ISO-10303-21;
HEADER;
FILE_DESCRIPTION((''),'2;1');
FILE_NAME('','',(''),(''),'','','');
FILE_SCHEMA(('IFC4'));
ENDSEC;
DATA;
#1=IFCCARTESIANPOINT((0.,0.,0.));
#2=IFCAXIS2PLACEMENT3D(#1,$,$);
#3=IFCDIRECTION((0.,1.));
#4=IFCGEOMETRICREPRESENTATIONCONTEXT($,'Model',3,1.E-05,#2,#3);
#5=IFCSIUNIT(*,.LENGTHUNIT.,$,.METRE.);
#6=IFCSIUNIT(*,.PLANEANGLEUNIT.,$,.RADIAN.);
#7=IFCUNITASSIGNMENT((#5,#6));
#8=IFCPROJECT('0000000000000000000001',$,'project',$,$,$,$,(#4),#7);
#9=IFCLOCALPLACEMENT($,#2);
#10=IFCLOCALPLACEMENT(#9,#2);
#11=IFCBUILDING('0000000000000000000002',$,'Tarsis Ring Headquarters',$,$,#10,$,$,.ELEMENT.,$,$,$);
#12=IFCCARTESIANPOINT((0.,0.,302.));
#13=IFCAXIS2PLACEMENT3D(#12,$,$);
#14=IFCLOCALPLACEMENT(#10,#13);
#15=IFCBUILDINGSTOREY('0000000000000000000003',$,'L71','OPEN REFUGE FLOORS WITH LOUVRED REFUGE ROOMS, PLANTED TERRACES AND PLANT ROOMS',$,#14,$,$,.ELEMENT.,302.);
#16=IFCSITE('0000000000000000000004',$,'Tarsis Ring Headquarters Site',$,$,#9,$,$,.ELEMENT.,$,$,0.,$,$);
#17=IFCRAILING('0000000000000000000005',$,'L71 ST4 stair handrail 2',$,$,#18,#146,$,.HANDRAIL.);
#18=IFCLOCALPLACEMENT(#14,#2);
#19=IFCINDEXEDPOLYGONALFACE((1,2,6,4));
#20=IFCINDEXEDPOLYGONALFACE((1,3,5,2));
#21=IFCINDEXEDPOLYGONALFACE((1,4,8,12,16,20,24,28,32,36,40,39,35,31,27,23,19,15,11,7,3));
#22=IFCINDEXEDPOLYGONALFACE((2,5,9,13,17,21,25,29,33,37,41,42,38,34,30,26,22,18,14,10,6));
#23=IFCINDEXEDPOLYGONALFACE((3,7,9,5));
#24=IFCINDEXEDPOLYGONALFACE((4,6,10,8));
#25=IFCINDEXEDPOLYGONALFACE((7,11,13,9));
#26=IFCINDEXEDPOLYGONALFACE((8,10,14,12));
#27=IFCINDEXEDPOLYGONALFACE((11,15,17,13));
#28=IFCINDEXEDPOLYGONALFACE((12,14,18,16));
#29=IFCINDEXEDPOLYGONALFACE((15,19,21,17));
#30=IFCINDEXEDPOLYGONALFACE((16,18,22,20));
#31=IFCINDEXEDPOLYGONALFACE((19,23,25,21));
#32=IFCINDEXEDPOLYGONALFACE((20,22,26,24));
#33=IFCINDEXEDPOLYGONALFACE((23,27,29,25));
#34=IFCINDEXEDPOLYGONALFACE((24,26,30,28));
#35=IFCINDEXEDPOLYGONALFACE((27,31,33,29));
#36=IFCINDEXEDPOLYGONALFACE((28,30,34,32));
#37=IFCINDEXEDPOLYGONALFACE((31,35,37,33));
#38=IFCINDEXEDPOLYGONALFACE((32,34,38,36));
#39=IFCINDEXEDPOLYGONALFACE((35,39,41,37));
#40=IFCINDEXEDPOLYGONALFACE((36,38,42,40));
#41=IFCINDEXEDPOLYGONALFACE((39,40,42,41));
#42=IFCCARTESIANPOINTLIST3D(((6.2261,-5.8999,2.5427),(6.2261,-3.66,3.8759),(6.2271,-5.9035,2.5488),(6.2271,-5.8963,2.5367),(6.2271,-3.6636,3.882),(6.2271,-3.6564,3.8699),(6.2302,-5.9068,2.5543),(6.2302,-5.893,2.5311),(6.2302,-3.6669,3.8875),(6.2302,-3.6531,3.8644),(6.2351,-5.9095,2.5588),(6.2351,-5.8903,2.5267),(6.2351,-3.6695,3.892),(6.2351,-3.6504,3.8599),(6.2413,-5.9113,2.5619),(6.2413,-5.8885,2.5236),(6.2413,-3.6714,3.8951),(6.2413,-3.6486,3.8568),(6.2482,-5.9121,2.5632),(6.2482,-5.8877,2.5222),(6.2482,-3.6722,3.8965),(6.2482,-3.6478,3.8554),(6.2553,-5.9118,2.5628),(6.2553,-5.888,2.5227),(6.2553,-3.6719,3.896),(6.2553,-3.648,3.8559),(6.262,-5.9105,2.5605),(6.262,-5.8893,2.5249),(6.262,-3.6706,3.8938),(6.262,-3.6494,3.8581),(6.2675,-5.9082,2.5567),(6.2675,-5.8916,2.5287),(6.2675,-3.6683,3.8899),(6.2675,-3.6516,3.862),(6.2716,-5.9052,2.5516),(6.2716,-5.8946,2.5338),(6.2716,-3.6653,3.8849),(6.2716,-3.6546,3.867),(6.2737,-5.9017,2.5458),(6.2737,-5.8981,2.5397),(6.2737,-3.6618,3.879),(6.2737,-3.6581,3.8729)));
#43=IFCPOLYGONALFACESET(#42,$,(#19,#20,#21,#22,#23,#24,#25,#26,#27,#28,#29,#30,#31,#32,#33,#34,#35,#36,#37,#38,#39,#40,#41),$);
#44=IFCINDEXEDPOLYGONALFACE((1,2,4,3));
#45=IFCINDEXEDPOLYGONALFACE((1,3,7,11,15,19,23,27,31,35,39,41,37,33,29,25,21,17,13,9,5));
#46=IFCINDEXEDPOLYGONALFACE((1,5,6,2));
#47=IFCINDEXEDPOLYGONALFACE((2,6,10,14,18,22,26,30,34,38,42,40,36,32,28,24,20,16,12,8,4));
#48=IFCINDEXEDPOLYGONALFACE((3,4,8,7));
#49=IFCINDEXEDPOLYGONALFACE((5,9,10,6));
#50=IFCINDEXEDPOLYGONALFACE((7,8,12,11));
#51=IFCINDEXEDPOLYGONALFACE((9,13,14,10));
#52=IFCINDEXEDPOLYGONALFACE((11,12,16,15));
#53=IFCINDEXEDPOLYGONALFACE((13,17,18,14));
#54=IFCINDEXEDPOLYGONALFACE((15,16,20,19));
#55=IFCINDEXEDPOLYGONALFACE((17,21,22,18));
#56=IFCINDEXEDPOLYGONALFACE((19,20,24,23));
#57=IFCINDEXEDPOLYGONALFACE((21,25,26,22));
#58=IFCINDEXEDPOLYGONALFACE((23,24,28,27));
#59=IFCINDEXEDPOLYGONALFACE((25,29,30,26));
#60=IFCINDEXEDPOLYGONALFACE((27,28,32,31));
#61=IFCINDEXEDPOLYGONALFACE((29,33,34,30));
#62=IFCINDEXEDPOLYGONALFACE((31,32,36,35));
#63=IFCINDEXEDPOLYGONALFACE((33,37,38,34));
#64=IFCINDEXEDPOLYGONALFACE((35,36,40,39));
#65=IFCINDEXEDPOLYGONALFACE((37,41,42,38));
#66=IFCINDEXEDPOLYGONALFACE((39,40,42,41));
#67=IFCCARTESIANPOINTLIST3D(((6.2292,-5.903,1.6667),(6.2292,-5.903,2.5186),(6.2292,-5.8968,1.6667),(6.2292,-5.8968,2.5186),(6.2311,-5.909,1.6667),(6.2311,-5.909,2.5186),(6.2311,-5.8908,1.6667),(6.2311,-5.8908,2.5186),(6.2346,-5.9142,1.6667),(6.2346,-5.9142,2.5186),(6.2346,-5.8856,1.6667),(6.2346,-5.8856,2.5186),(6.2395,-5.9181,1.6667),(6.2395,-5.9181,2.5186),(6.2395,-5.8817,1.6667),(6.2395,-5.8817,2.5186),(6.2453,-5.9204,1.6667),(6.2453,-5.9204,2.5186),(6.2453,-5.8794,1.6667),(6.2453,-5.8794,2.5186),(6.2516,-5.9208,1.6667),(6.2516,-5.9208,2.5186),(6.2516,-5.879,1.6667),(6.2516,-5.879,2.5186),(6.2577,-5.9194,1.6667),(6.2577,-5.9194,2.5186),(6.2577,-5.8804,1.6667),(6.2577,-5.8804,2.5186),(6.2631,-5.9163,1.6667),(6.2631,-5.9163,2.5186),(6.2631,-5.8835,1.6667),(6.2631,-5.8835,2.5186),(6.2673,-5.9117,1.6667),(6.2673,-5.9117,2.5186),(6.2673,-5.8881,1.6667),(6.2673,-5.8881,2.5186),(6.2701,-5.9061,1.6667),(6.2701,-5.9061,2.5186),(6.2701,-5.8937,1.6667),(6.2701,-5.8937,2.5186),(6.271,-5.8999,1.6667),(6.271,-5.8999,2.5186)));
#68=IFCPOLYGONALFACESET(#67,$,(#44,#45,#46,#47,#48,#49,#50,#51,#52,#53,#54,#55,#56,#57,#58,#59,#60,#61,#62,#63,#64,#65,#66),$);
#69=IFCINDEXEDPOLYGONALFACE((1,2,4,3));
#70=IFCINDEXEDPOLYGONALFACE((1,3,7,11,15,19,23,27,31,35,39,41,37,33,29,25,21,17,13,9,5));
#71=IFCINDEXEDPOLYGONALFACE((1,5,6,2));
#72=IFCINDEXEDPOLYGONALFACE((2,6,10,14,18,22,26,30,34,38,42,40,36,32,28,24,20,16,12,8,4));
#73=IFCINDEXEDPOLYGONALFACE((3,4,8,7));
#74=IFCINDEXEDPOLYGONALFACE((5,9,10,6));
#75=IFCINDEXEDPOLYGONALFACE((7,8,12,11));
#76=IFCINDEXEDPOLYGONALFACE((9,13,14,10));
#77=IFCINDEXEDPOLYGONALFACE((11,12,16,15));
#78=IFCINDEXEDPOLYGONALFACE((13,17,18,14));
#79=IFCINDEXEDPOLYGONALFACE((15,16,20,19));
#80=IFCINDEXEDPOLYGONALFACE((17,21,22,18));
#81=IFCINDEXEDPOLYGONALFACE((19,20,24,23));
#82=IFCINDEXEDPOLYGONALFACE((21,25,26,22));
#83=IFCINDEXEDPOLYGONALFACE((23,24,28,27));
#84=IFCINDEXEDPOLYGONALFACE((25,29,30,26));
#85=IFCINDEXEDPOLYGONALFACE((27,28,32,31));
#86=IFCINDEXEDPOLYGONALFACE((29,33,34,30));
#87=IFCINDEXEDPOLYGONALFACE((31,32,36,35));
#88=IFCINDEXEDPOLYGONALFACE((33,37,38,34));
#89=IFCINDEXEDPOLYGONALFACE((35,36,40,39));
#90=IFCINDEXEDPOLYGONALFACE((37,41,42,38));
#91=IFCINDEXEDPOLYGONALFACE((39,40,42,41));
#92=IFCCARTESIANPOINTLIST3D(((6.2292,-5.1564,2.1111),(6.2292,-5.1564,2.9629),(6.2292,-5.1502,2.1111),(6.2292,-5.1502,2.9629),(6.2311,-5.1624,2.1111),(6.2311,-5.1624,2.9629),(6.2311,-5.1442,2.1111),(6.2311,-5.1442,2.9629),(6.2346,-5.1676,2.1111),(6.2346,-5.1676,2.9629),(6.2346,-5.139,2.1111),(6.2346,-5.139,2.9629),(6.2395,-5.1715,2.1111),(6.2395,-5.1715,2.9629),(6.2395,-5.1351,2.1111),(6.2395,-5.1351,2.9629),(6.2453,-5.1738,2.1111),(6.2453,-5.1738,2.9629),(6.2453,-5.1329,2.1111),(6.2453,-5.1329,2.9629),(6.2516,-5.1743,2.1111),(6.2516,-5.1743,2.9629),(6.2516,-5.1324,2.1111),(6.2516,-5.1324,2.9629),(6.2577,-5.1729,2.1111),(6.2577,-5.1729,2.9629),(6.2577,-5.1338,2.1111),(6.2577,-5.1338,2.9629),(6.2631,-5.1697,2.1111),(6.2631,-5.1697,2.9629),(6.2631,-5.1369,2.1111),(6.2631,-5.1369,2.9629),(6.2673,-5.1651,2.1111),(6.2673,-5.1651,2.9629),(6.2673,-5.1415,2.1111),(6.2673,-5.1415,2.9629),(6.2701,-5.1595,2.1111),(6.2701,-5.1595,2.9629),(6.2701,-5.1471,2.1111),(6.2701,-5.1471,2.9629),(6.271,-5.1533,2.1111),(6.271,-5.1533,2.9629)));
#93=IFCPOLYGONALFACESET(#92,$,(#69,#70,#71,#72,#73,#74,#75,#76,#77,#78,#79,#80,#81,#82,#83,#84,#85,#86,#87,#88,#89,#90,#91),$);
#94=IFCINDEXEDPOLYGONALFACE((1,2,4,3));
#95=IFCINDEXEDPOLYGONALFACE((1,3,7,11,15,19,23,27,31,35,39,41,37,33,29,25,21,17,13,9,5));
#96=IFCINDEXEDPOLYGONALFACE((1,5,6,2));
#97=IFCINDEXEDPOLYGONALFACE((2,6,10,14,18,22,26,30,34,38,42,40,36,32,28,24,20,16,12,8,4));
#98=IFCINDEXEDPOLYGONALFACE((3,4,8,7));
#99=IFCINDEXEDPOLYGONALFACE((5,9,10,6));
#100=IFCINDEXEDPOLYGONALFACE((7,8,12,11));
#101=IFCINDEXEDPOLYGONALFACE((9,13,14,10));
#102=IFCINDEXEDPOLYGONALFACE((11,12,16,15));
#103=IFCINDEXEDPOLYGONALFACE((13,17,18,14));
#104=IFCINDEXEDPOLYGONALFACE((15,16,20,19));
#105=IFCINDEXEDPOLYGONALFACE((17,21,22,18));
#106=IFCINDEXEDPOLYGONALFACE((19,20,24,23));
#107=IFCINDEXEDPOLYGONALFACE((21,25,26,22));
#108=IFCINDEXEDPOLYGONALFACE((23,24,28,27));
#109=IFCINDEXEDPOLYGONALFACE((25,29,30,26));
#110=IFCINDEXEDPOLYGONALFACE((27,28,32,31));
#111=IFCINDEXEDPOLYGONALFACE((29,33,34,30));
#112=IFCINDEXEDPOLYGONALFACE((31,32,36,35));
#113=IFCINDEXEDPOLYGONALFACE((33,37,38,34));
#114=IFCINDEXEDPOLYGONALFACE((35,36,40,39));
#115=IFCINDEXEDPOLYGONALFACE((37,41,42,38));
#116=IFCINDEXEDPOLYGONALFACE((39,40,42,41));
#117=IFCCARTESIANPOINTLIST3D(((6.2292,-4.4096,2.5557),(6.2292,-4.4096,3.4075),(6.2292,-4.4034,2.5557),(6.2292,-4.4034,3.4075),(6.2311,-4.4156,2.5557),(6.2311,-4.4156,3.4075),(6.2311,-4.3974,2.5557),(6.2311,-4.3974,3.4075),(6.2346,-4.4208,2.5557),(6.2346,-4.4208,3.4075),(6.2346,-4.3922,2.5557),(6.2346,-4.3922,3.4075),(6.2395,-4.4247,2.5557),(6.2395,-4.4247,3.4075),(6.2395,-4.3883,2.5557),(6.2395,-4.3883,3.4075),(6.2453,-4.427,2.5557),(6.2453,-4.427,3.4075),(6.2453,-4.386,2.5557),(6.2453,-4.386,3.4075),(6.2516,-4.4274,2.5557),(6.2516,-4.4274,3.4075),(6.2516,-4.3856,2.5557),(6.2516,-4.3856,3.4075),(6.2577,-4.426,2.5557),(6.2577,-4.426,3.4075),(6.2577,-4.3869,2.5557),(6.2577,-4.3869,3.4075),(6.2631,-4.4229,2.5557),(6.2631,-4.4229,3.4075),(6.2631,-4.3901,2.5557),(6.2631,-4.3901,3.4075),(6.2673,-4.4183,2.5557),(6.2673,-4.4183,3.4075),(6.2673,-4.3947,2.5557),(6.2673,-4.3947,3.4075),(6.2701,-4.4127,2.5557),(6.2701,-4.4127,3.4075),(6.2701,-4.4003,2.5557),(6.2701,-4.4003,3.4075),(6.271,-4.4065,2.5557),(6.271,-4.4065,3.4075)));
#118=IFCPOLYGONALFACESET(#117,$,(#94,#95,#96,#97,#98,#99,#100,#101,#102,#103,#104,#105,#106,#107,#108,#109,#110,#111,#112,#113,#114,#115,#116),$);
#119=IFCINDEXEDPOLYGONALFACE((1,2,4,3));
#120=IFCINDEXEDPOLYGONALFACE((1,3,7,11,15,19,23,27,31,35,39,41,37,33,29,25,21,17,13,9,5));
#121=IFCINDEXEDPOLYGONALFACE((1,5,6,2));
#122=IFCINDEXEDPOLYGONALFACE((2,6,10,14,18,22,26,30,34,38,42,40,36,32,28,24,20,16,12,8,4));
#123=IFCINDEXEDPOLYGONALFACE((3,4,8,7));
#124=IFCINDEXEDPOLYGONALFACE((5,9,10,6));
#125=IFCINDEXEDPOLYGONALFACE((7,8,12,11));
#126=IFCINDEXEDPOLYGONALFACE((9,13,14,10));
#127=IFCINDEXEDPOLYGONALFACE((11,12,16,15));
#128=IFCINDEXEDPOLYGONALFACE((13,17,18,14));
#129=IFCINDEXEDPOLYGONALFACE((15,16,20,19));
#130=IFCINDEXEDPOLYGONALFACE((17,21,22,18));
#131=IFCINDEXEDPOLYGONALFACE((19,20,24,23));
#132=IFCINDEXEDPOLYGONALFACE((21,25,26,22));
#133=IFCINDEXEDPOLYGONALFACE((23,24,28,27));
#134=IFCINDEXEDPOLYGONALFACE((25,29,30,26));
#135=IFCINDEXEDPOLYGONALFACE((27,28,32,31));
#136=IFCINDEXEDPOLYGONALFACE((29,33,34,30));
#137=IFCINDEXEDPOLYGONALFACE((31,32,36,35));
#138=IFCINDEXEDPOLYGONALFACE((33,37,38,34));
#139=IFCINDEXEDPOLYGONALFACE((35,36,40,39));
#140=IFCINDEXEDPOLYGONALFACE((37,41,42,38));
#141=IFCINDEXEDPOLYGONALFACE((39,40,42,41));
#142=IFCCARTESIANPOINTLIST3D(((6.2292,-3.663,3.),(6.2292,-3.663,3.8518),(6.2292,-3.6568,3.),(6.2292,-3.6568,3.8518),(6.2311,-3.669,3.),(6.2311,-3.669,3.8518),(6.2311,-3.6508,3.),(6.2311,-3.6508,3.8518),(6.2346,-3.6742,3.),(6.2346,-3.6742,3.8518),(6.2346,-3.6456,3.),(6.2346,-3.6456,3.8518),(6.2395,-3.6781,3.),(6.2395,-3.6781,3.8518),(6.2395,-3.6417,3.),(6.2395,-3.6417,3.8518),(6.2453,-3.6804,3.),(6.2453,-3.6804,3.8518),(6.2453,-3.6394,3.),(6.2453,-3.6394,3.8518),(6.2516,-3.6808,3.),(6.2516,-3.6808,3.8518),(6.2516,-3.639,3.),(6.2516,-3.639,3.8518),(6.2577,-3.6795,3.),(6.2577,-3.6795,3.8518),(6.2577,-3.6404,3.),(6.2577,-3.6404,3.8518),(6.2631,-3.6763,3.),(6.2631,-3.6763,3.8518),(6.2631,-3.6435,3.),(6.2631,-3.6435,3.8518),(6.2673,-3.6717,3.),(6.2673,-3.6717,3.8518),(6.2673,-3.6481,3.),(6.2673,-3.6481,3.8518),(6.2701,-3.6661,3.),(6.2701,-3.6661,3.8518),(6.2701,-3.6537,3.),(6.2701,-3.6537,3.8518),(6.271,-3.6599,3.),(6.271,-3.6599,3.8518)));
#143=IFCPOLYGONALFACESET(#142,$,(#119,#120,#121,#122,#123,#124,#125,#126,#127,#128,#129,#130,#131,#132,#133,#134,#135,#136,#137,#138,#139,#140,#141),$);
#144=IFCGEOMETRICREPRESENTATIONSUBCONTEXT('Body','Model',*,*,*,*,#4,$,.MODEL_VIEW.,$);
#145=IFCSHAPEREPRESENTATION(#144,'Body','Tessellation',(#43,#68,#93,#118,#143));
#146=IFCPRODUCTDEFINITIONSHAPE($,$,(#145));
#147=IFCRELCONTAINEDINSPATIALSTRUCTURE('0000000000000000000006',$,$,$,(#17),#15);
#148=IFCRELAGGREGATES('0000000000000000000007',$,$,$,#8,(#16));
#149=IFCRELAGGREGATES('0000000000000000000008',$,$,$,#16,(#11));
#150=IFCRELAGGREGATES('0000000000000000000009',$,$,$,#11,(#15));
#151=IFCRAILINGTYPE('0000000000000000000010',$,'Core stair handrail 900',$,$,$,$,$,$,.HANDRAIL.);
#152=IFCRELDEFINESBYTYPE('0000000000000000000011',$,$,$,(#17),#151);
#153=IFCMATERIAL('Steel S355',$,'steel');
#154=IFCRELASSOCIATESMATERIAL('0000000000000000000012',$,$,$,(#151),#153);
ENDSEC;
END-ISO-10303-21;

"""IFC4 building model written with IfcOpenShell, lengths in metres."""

from ifc_helpers import new_model, si_unit, direction, frame, origin, origin_2d, place, context, subcontext, project, spatial, circle, extrude, material, type_object, element, save


model = new_model("IFC4")

# Units and contexts
model_context = context("Model", 3, precision=1e-05, world=origin(), true_north=direction((0.0, 1.0)))
body_context = subcontext(model_context, "Body", "Model", "MODEL_VIEW")
ifc_project = project(units=[si_unit("LENGTHUNIT", "METRE"), si_unit("PLANEANGLEUNIT", "RADIAN")], contexts=[model_context])

# Site, building, storey
site_placement = place(None, origin())
site = spatial("IfcSite", under=ifc_project, at=site_placement, Name="Tarsis Ring Headquarters Site", CompositionType="ELEMENT", RefElevation=0.0)
building_placement = place(site_placement, origin())
building = spatial("IfcBuilding", under=site, at=building_placement, Name="Tarsis Ring Headquarters", CompositionType="ELEMENT")
storey_placement = place(building_placement, frame((0.0, 0.0, 302.0)))
storey = spatial("IfcBuildingStorey", under=building, at=storey_placement, Name="L71", Description="OPEN REFUGE FLOORS WITH LOUVRED REFUGE ROOMS, PLANTED TERRACES AND PLANT ROOMS", CompositionType="ELEMENT", Elevation=302.0)

# Railing
ifc_material_1 = material(Name="Steel S355", Category="steel")
railing_type_1 = type_object("IfcRailingType", Name="Core stair handrail 900", PredefinedType="HANDRAIL", material=ifc_material_1)
railing_1_placement = place(storey_placement, frame((6.25, -5.8999, 1.6667)))
element("IfcRailing", 1, at=railing_1_placement, inside=storey, type_object=railing_type_1, Name="L71 ST4 stair handrail 2", PredefinedType="HANDRAIL", context=body_context, shape_type="SweptSolid", body=[
    extrude(circle(Radius=0.0239, at=origin_2d()), frame((0.0, 0.0, 0.876), z_axis=(0.0, 0.859306, 0.511462), x_axis=(-1.0, 0.0, 0.0)), (0.0, 0.0, 1.0), 2.6067),
    extrude(circle(Radius=0.021, at=origin_2d()), origin(), (0.0, 0.0, 1.0), 0.8518),
    extrude(circle(Radius=0.021, at=origin_2d()), frame((0.0, 0.7466, 0.4443)), (0.0, 0.0, 1.0), 0.8518),
    extrude(circle(Radius=0.021, at=origin_2d()), frame((0.0, 1.4934, 0.8889)), (0.0, 0.0, 1.0), 0.8518),
    extrude(circle(Radius=0.021, at=origin_2d()), frame((0.0, 2.24, 1.3333)), (0.0, 0.0, 1.0), 0.8518),
])

save(model, "model.ifc")
